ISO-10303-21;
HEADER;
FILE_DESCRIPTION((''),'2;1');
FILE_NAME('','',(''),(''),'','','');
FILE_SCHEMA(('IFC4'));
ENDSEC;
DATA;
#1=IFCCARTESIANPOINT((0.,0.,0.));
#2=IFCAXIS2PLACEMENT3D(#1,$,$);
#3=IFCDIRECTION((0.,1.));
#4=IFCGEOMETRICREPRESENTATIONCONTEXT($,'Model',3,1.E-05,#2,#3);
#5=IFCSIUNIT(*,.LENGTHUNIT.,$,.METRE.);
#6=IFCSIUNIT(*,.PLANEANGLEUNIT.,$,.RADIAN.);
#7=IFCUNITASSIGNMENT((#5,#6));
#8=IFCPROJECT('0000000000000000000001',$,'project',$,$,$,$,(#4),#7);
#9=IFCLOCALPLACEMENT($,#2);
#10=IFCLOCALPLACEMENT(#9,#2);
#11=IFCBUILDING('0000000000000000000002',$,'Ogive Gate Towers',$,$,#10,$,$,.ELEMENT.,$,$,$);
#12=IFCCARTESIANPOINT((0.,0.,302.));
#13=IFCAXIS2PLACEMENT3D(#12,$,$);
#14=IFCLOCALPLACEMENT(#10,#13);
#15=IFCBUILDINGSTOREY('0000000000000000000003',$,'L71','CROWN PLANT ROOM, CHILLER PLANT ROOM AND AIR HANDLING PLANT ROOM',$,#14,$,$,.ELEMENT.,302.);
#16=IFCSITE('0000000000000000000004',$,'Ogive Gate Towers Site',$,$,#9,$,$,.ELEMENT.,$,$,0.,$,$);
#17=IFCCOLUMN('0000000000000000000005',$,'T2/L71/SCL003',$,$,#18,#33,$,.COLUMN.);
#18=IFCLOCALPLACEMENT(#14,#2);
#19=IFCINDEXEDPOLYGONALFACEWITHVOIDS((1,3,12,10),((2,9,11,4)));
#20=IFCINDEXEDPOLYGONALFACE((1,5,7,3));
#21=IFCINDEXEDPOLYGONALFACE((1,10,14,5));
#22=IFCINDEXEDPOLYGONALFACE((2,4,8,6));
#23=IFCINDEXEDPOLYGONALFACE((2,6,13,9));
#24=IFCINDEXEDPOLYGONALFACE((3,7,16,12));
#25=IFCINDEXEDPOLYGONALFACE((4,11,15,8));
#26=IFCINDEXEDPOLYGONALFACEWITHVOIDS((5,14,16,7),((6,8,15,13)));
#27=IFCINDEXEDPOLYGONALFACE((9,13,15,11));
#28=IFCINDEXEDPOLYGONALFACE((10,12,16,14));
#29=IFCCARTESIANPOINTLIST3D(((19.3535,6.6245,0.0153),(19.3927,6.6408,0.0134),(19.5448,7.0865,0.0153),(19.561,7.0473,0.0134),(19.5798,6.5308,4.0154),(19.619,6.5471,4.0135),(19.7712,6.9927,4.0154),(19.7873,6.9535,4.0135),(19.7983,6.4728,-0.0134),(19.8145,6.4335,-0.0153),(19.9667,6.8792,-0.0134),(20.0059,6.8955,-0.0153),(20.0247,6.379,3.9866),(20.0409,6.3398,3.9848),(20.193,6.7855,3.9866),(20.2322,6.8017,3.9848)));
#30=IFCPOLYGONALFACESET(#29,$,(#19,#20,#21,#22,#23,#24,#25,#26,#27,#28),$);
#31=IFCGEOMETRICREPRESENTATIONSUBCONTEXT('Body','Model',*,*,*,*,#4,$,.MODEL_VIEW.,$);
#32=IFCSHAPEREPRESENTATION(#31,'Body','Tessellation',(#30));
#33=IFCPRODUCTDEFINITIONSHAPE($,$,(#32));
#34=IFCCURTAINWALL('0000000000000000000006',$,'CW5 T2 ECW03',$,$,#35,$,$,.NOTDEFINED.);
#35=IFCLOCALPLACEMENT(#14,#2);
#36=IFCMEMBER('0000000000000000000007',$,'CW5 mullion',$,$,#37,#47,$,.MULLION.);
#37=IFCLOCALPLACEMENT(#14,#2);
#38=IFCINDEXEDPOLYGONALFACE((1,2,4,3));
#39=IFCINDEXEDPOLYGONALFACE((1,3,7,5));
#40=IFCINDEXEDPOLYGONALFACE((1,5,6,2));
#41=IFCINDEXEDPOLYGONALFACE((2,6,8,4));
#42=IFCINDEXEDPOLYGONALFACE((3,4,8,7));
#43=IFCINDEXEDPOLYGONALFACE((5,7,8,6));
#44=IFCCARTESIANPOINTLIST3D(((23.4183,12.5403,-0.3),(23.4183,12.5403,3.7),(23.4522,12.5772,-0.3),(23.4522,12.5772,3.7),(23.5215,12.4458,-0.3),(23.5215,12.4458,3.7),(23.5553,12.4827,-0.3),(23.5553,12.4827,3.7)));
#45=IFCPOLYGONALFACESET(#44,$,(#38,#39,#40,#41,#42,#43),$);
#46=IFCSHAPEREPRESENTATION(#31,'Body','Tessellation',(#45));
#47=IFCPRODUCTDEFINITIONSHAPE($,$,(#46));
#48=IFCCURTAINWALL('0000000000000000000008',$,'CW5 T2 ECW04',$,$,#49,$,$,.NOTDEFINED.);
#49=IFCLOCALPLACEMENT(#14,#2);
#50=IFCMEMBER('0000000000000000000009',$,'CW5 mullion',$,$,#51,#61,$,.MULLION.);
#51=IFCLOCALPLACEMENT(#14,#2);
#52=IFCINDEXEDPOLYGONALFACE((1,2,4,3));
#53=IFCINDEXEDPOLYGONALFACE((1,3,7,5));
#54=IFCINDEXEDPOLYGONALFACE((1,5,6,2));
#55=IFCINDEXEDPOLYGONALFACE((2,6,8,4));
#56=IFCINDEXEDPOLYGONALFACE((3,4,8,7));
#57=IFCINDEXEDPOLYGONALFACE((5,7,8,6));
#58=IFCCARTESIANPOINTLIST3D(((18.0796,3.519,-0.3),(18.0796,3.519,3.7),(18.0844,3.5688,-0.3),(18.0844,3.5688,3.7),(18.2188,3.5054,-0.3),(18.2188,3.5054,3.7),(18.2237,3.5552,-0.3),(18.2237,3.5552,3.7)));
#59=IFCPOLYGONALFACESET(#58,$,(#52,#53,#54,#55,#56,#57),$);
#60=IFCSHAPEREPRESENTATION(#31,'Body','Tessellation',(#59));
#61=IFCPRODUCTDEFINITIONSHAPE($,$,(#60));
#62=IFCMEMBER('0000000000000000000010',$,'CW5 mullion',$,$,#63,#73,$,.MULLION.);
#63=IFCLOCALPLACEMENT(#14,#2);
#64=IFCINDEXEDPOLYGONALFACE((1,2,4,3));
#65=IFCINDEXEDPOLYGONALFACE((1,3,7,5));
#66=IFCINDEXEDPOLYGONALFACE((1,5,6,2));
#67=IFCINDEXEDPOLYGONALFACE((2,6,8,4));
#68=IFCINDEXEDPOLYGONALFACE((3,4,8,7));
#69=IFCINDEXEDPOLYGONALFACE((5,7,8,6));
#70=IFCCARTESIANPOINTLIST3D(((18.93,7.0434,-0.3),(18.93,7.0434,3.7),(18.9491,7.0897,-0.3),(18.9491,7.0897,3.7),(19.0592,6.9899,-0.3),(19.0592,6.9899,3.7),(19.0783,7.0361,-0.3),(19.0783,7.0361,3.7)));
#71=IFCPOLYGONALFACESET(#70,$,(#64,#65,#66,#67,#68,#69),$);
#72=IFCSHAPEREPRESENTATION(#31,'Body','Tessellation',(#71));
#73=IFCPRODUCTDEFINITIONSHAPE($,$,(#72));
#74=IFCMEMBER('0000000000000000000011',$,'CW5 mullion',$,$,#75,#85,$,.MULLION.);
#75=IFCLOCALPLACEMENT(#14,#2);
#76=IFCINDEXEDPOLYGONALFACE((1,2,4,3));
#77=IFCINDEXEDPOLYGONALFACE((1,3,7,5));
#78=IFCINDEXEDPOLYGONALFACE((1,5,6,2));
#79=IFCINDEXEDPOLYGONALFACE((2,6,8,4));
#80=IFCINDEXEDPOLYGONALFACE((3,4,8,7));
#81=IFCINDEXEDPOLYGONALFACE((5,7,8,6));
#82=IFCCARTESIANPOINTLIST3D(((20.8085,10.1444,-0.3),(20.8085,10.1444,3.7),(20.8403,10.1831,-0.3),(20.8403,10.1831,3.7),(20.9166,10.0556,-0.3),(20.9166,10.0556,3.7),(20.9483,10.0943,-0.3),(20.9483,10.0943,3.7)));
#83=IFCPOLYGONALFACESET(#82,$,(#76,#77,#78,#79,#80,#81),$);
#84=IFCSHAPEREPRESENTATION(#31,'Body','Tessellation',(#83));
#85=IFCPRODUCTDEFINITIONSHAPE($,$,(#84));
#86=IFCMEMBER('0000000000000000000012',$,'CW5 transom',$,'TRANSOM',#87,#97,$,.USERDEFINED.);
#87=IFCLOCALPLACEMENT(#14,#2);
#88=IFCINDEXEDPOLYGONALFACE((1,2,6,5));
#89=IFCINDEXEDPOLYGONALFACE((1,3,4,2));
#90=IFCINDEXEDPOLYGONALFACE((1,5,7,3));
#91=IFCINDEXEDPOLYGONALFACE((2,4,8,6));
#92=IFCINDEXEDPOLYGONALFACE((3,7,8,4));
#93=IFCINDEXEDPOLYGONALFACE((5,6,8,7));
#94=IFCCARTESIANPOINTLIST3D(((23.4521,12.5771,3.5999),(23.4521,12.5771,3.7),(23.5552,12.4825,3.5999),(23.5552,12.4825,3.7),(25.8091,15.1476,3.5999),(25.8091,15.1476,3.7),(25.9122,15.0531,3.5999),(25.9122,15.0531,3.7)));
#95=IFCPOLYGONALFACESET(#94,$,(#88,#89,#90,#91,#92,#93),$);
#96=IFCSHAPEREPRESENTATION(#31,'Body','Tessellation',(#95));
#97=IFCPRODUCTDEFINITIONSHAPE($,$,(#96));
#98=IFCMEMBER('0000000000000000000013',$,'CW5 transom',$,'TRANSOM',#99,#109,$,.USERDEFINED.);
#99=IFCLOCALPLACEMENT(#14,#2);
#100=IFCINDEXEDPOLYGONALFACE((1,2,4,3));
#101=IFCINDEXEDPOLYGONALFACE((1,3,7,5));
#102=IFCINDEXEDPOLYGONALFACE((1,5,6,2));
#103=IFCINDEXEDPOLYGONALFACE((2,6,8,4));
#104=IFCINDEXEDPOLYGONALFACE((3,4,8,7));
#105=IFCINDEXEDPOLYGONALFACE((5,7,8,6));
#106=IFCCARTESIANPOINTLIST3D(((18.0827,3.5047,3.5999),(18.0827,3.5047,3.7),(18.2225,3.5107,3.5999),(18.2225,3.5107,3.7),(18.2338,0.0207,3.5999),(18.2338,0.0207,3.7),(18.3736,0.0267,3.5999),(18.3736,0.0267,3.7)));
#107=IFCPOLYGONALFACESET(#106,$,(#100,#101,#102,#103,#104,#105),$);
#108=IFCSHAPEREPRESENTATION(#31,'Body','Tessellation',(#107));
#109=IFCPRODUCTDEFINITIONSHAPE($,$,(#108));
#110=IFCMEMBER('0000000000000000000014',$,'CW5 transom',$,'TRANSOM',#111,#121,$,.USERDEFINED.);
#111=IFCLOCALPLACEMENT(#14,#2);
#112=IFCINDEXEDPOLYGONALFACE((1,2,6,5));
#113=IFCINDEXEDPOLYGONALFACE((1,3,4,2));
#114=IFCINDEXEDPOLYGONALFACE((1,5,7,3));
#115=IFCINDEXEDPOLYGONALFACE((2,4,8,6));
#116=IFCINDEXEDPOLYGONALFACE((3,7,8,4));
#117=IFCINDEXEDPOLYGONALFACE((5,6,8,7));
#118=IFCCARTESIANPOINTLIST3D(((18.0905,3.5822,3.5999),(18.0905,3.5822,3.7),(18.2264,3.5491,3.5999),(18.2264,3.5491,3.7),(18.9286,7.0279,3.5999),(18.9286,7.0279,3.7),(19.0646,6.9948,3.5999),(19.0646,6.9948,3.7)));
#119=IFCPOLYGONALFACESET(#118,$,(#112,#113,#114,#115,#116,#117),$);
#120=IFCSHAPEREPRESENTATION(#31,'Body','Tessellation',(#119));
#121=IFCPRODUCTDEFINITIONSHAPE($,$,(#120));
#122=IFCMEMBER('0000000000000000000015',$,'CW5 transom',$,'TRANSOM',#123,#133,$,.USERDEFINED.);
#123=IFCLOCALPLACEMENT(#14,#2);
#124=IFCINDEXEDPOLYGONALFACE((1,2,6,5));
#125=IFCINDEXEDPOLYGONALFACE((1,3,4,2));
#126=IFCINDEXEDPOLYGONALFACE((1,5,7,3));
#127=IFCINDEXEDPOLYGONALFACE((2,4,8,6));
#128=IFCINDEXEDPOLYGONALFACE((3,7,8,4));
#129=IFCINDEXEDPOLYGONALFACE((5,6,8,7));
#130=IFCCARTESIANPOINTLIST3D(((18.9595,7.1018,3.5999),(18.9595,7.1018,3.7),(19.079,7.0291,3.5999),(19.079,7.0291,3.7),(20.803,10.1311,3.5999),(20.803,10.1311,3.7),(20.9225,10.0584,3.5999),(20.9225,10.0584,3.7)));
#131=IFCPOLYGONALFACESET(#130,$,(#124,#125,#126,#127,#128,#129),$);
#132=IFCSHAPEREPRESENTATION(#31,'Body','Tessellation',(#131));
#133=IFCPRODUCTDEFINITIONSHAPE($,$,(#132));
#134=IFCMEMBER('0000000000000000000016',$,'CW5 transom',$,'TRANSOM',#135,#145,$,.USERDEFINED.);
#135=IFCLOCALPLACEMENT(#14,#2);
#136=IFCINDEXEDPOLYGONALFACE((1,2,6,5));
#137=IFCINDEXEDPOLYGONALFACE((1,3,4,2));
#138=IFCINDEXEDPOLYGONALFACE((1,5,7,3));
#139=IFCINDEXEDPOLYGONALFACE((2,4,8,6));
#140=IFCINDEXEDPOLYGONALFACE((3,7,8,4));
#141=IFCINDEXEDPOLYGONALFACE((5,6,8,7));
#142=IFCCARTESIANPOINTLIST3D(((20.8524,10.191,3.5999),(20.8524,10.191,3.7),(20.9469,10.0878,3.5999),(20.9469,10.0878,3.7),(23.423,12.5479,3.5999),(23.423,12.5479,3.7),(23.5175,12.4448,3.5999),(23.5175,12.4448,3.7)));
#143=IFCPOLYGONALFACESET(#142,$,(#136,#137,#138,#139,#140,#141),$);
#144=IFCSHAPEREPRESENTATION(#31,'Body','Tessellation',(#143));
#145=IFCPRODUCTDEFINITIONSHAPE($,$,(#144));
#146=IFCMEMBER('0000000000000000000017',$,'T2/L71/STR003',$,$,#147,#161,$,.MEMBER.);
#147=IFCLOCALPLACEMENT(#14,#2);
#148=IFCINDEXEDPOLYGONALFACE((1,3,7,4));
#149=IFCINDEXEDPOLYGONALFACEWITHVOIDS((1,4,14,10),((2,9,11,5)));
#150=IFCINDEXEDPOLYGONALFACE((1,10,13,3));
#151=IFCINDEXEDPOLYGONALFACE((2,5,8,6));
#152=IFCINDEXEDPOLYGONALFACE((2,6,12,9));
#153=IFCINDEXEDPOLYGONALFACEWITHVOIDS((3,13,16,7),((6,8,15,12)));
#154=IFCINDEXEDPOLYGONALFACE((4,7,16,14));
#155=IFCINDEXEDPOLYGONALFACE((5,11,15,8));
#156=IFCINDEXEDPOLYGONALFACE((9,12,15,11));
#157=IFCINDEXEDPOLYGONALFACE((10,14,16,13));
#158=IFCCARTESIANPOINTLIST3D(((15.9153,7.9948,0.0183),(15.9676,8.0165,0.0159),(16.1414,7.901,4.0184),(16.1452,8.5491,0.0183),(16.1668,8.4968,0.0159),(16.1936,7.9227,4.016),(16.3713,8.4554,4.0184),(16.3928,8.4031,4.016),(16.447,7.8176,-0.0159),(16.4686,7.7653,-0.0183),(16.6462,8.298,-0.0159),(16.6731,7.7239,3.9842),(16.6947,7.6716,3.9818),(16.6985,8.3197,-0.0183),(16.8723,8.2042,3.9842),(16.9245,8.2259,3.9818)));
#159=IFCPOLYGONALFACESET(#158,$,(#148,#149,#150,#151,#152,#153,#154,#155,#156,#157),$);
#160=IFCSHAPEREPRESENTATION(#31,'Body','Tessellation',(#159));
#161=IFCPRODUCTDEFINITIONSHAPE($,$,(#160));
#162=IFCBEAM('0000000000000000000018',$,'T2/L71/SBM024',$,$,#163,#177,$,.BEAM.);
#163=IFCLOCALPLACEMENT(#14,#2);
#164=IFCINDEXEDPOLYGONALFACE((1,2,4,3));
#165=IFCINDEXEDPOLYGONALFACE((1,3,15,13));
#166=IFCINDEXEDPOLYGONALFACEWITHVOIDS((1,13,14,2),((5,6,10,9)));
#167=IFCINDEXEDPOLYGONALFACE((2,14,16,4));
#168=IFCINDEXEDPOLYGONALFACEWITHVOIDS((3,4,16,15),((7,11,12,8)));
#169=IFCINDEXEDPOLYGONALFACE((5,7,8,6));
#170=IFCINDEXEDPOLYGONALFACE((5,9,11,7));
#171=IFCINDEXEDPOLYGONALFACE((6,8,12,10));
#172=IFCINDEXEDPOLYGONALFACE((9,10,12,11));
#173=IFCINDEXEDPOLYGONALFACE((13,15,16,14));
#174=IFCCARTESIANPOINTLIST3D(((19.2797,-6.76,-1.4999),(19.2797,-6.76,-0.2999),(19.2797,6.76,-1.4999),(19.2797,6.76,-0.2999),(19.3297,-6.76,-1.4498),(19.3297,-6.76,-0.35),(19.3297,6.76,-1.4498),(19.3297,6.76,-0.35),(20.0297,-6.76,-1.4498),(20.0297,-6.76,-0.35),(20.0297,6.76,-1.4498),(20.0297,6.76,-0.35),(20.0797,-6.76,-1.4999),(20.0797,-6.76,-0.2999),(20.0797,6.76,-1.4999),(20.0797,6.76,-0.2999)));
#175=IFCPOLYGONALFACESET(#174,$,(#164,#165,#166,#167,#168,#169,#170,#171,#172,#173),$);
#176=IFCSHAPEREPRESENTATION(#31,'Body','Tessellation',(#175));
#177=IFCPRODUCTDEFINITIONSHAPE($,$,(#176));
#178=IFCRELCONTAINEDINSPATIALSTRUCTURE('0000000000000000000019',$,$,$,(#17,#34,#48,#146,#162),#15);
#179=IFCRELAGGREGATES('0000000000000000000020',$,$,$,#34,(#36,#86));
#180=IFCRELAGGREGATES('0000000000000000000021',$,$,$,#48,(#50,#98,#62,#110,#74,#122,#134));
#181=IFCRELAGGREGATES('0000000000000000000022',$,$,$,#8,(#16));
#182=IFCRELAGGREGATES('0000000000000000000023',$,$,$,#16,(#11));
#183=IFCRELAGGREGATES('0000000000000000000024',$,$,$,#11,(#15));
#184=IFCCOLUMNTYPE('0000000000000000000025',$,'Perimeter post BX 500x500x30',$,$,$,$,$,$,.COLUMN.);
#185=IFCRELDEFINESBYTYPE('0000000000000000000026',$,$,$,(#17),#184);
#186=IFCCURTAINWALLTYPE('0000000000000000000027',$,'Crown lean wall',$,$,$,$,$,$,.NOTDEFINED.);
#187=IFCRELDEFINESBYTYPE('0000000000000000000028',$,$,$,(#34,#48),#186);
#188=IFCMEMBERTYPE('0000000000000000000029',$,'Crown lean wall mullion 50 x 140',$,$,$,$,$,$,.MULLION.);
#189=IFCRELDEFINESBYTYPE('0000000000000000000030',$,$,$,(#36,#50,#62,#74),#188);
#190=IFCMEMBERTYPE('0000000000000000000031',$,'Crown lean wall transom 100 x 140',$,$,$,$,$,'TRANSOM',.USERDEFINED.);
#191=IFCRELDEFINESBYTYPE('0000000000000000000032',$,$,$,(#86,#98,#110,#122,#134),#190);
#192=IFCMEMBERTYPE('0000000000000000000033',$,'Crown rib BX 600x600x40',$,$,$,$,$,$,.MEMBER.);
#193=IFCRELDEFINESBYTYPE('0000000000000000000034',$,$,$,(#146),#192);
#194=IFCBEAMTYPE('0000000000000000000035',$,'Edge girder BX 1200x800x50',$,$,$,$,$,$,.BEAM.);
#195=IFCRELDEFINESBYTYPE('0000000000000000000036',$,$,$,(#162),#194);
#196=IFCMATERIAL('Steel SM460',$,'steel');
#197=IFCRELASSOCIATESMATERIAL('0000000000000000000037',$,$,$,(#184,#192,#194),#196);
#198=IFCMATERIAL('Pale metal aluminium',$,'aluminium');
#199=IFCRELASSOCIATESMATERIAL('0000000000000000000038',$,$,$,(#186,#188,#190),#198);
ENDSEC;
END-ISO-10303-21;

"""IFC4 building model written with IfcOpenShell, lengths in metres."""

from ifc_helpers import new_model, si_unit, direction, frame, origin, origin_2d, place, context, subcontext, project, spatial, rectangle, hollow_rectangle, extrude, material, material_profile, profile_set, type_object, element, aggregate, save


model = new_model("IFC4")

# Units and contexts
model_context = context("Model", 3, precision=1e-05, world=origin(), true_north=direction((0.0, 1.0)))
body_context = subcontext(model_context, "Body", "Model", "MODEL_VIEW")
ifc_project = project(units=[si_unit("LENGTHUNIT", "METRE"), si_unit("PLANEANGLEUNIT", "RADIAN")], contexts=[model_context])

# Site, building, storey
site_placement = place(None, origin())
site = spatial("IfcSite", under=ifc_project, at=site_placement, Name="Ogive Gate Towers Site", CompositionType="ELEMENT", RefElevation=0.0)
building_placement = place(site_placement, origin())
building = spatial("IfcBuilding", under=site, at=building_placement, Name="Ogive Gate Towers", CompositionType="ELEMENT")
storey_placement = place(building_placement, frame((0.0, 0.0, 302.0)))
storey = spatial("IfcBuildingStorey", under=building, at=storey_placement, Name="L71", Description="CROWN PLANT ROOM, CHILLER PLANT ROOM AND AIR HANDLING PLANT ROOM", CompositionType="ELEMENT", Elevation=302.0)

# Column
ifc_material_1 = material(Name="Steel SM460", Category="steel")
ifc_material_profile_1 = material_profile(ifc_material_1, hollow_rectangle(XDim=0.5, YDim=0.5, WallThickness=0.03, at=origin_2d()), Name="BX 500x500x30")
ifc_profile_set_1 = profile_set([ifc_material_profile_1], Name="Steel SM460")
column_type = type_object("IfcColumnType", Name="Perimeter post BX 500x500x30", PredefinedType="COLUMN", material=ifc_profile_set_1)
column_placement = place(storey_placement, frame((19.6797, 6.76, 0.0), z_axis=(0.056474, -0.023394, 0.99813), x_axis=(0.382704, 0.923871, 0.0)))
element("IfcColumn", 1, at=column_placement, inside=storey, type_object=column_type, Name="T2/L71/SCL003", PredefinedType="COLUMN", context=body_context, shape_type="SweptSolid", body=[
    extrude(hollow_rectangle(XDim=0.5, YDim=0.5, WallThickness=0.03, at=origin_2d()), origin(), (0.0, 0.0, 1.0), 4.0076),
])

# Curtain wall, member
ifc_material_2 = material(Name="Pale metal aluminium", Category="aluminium")
curtain_wall_type = type_object("IfcCurtainWallType", Name="Crown lean wall", PredefinedType="NOTDEFINED", material=ifc_material_2)
curtain_wall_1_placement = place(storey_placement, origin())
curtain_wall_1 = element("IfcCurtainWall", 2, at=curtain_wall_1_placement, inside=storey, type_object=curtain_wall_type, Name="CW5 T2 ECW03", PredefinedType="NOTDEFINED")
ifc_material_profile_2 = material_profile(ifc_material_2, rectangle(XDim=0.1399, YDim=0.05, at=origin_2d()), Name="50 x 140 aluminium box")
ifc_profile_set_2 = profile_set([ifc_material_profile_2], Name="Pale metal aluminium")
member_type_1 = type_object("IfcMemberType", Name="Crown lean wall mullion 50 x 140", PredefinedType="MULLION", material=ifc_profile_set_2)
member_1_placement = place(storey_placement, frame((23.4868, 12.5115, -0.3), z_axis=(0.0, 0.0, 1.0), x_axis=(0.737089, -0.675796, 0.0)))
member_1 = element("IfcMember", 3, at=member_1_placement, type_object=member_type_1, Name="CW5 mullion", PredefinedType="MULLION", context=body_context, shape_type="SweptSolid", body=[
    extrude(rectangle(XDim=0.1399, YDim=0.05, at=origin_2d()), origin(), (0.0, 0.0, 1.0), 4.0),
])

# Curtain wall, members
curtain_wall_2_placement = place(storey_placement, origin())
curtain_wall_2 = element("IfcCurtainWall", 4, at=curtain_wall_2_placement, inside=storey, type_object=curtain_wall_type, Name="CW5 T2 ECW04", PredefinedType="NOTDEFINED")
member_2_placement = place(storey_placement, frame((18.1516, 3.5371, -0.3), z_axis=(0.0, 0.0, 1.0), x_axis=(0.995234, -0.097513, 0.0)))
member_2 = element("IfcMember", 5, at=member_2_placement, type_object=member_type_1, Name="CW5 mullion", PredefinedType="MULLION", context=body_context, shape_type="SweptSolid", body=[
    extrude(rectangle(XDim=0.1399, YDim=0.05, at=origin_2d()), origin(), (0.0, 0.0, 1.0), 4.0),
])
member_3_placement = place(storey_placement, frame((19.0042, 7.0398, -0.3), z_axis=(0.0, 0.0, 1.0), x_axis=(0.92388, -0.382683, 0.0)))
member_3 = element("IfcMember", 6, at=member_3_placement, type_object=member_type_1, Name="CW5 mullion", PredefinedType="MULLION", context=body_context, shape_type="SweptSolid", body=[
    extrude(rectangle(XDim=0.1399, YDim=0.05, at=origin_2d()), origin(), (0.0, 0.0, 1.0), 4.0),
])
member_4_placement = place(storey_placement, frame((20.8784, 10.1194, -0.3), z_axis=(0.0, 0.0, 1.0), x_axis=(0.772689, -0.634784, 0.0)))
member_4 = element("IfcMember", 7, at=member_4_placement, type_object=member_type_1, Name="CW5 mullion", PredefinedType="MULLION", context=body_context, shape_type="SweptSolid", body=[
    extrude(rectangle(XDim=0.1399, YDim=0.05, at=origin_2d()), origin(), (0.0, 0.0, 1.0), 4.0),
])

# Members
ifc_material_profile_3 = material_profile(ifc_material_2, rectangle(XDim=0.1399, YDim=0.1001, at=origin_2d()), Name="100 x 140 aluminium box")
ifc_profile_set_3 = profile_set([ifc_material_profile_3], Name="Pale metal aluminium")
member_type_2 = type_object("IfcMemberType", Name="Crown lean wall transom 100 x 140", ElementType="TRANSOM", PredefinedType="USERDEFINED", material=ifc_profile_set_3)
member_5_placement = place(storey_placement, frame((23.5037, 12.5298, 3.6499), z_axis=(0.675817, 0.73707, 0.0), x_axis=(-0.73707, 0.675817, 0.0)))
member_5 = element("IfcMember", 8, at=member_5_placement, type_object=member_type_2, Name="CW5 transom", ObjectType="TRANSOM", PredefinedType="USERDEFINED", context=body_context, shape_type="SweptSolid", body=[
    extrude(rectangle(XDim=0.1399, YDim=0.1001, at=origin_2d()), origin(), (0.0, 0.0, 1.0), 3.4875),
])
aggregate(curtain_wall_1, [member_1, member_5])
member_6_placement = place(storey_placement, frame((18.3037, 0.0237, 3.6499), z_axis=(-0.043334, 0.999061, 0.0), x_axis=(-0.999061, -0.043334, 0.0)))
member_6 = element("IfcMember", 9, at=member_6_placement, type_object=member_type_2, Name="CW5 transom", ObjectType="TRANSOM", PredefinedType="USERDEFINED", context=body_context, shape_type="SweptSolid", body=[
    extrude(rectangle(XDim=0.1399, YDim=0.1001, at=origin_2d()), origin(), (0.0, 0.0, 1.0), 3.4873),
])
member_7_placement = place(storey_placement, frame((18.1584, 3.5657, 3.6499), z_axis=(0.236359, 0.971666, 0.0), x_axis=(-0.971666, 0.236359, 0.0)))
member_7 = element("IfcMember", 10, at=member_7_placement, type_object=member_type_2, Name="CW5 transom", ObjectType="TRANSOM", PredefinedType="USERDEFINED", context=body_context, shape_type="SweptSolid", body=[
    extrude(rectangle(XDim=0.1399, YDim=0.1001, at=origin_2d()), origin(), (0.0, 0.0, 1.0), 3.5461),
])
member_8_placement = place(storey_placement, frame((19.0193, 7.0654, 3.6499), z_axis=(0.519862, 0.85425, 0.0), x_axis=(-0.85425, 0.519862, 0.0)))
member_8 = element("IfcMember", 11, at=member_8_placement, type_object=member_type_2, Name="CW5 transom", ObjectType="TRANSOM", PredefinedType="USERDEFINED", context=body_context, shape_type="SweptSolid", body=[
    extrude(rectangle(XDim=0.1399, YDim=0.1001, at=origin_2d()), origin(), (0.0, 0.0, 1.0), 3.5461),
])
member_9_placement = place(storey_placement, frame((20.8997, 10.1394, 3.6499), z_axis=(0.73707, 0.675817, 0.0), x_axis=(-0.675817, 0.73707, 0.0)))
member_9 = element("IfcMember", 12, at=member_9_placement, type_object=member_type_2, Name="CW5 transom", ObjectType="TRANSOM", PredefinedType="USERDEFINED", context=body_context, shape_type="SweptSolid", body=[
    extrude(rectangle(XDim=0.1399, YDim=0.1001, at=origin_2d()), origin(), (0.0, 0.0, 1.0), 3.4875),
])
ifc_material_profile_4 = material_profile(ifc_material_1, hollow_rectangle(XDim=0.6001, YDim=0.6001, WallThickness=0.04, at=origin_2d()), Name="BX 600x600x40")
ifc_profile_set_4 = profile_set([ifc_material_profile_4], Name="Steel SM460")
member_type_3 = type_object("IfcMemberType", Name="Crown rib BX 600x600x40", PredefinedType="MEMBER", material=ifc_profile_set_4)
member_10_placement = place(storey_placement, frame((16.3069, 8.1572, 0.0), z_axis=(0.056413, -0.023394, 0.998133), x_axis=(0.383057, 0.923725, 0.0)))
element("IfcMember", 13, at=member_10_placement, inside=storey, type_object=member_type_3, Name="T2/L71/STR003", PredefinedType="MEMBER", context=body_context, shape_type="SweptSolid", body=[
    extrude(hollow_rectangle(XDim=0.6001, YDim=0.6001, WallThickness=0.04, at=origin_2d()), origin(), (0.0, 0.0, 1.0), 4.0076),
])

# Beam
ifc_material_profile_5 = material_profile(ifc_material_1, hollow_rectangle(XDim=0.8, YDim=1.2, WallThickness=0.05, at=origin_2d()), Name="BX 1200x800x50")
ifc_profile_set_5 = profile_set([ifc_material_profile_5], Name="Steel SM460")
beam_type_1 = type_object("IfcBeamType", Name="Edge girder BX 1200x800x50", PredefinedType="BEAM", material=ifc_profile_set_5)
beam_1_placement = place(storey_placement, frame((19.6797, 6.76, -0.8999), z_axis=(0.0, -1.0, 0.0), x_axis=(1.0, 0.0, 0.0)))
element("IfcBeam", 14, at=beam_1_placement, inside=storey, type_object=beam_type_1, Name="T2/L71/SBM024", PredefinedType="BEAM", context=body_context, shape_type="SweptSolid", body=[
    extrude(hollow_rectangle(XDim=0.8, YDim=1.2, WallThickness=0.05, at=origin_2d()), origin(), (0.0, 0.0, 1.0), 13.52),
])

aggregate(curtain_wall_2, [member_2, member_6, member_3, member_7, member_4, member_8, member_9])

save(model, "model.ifc")
